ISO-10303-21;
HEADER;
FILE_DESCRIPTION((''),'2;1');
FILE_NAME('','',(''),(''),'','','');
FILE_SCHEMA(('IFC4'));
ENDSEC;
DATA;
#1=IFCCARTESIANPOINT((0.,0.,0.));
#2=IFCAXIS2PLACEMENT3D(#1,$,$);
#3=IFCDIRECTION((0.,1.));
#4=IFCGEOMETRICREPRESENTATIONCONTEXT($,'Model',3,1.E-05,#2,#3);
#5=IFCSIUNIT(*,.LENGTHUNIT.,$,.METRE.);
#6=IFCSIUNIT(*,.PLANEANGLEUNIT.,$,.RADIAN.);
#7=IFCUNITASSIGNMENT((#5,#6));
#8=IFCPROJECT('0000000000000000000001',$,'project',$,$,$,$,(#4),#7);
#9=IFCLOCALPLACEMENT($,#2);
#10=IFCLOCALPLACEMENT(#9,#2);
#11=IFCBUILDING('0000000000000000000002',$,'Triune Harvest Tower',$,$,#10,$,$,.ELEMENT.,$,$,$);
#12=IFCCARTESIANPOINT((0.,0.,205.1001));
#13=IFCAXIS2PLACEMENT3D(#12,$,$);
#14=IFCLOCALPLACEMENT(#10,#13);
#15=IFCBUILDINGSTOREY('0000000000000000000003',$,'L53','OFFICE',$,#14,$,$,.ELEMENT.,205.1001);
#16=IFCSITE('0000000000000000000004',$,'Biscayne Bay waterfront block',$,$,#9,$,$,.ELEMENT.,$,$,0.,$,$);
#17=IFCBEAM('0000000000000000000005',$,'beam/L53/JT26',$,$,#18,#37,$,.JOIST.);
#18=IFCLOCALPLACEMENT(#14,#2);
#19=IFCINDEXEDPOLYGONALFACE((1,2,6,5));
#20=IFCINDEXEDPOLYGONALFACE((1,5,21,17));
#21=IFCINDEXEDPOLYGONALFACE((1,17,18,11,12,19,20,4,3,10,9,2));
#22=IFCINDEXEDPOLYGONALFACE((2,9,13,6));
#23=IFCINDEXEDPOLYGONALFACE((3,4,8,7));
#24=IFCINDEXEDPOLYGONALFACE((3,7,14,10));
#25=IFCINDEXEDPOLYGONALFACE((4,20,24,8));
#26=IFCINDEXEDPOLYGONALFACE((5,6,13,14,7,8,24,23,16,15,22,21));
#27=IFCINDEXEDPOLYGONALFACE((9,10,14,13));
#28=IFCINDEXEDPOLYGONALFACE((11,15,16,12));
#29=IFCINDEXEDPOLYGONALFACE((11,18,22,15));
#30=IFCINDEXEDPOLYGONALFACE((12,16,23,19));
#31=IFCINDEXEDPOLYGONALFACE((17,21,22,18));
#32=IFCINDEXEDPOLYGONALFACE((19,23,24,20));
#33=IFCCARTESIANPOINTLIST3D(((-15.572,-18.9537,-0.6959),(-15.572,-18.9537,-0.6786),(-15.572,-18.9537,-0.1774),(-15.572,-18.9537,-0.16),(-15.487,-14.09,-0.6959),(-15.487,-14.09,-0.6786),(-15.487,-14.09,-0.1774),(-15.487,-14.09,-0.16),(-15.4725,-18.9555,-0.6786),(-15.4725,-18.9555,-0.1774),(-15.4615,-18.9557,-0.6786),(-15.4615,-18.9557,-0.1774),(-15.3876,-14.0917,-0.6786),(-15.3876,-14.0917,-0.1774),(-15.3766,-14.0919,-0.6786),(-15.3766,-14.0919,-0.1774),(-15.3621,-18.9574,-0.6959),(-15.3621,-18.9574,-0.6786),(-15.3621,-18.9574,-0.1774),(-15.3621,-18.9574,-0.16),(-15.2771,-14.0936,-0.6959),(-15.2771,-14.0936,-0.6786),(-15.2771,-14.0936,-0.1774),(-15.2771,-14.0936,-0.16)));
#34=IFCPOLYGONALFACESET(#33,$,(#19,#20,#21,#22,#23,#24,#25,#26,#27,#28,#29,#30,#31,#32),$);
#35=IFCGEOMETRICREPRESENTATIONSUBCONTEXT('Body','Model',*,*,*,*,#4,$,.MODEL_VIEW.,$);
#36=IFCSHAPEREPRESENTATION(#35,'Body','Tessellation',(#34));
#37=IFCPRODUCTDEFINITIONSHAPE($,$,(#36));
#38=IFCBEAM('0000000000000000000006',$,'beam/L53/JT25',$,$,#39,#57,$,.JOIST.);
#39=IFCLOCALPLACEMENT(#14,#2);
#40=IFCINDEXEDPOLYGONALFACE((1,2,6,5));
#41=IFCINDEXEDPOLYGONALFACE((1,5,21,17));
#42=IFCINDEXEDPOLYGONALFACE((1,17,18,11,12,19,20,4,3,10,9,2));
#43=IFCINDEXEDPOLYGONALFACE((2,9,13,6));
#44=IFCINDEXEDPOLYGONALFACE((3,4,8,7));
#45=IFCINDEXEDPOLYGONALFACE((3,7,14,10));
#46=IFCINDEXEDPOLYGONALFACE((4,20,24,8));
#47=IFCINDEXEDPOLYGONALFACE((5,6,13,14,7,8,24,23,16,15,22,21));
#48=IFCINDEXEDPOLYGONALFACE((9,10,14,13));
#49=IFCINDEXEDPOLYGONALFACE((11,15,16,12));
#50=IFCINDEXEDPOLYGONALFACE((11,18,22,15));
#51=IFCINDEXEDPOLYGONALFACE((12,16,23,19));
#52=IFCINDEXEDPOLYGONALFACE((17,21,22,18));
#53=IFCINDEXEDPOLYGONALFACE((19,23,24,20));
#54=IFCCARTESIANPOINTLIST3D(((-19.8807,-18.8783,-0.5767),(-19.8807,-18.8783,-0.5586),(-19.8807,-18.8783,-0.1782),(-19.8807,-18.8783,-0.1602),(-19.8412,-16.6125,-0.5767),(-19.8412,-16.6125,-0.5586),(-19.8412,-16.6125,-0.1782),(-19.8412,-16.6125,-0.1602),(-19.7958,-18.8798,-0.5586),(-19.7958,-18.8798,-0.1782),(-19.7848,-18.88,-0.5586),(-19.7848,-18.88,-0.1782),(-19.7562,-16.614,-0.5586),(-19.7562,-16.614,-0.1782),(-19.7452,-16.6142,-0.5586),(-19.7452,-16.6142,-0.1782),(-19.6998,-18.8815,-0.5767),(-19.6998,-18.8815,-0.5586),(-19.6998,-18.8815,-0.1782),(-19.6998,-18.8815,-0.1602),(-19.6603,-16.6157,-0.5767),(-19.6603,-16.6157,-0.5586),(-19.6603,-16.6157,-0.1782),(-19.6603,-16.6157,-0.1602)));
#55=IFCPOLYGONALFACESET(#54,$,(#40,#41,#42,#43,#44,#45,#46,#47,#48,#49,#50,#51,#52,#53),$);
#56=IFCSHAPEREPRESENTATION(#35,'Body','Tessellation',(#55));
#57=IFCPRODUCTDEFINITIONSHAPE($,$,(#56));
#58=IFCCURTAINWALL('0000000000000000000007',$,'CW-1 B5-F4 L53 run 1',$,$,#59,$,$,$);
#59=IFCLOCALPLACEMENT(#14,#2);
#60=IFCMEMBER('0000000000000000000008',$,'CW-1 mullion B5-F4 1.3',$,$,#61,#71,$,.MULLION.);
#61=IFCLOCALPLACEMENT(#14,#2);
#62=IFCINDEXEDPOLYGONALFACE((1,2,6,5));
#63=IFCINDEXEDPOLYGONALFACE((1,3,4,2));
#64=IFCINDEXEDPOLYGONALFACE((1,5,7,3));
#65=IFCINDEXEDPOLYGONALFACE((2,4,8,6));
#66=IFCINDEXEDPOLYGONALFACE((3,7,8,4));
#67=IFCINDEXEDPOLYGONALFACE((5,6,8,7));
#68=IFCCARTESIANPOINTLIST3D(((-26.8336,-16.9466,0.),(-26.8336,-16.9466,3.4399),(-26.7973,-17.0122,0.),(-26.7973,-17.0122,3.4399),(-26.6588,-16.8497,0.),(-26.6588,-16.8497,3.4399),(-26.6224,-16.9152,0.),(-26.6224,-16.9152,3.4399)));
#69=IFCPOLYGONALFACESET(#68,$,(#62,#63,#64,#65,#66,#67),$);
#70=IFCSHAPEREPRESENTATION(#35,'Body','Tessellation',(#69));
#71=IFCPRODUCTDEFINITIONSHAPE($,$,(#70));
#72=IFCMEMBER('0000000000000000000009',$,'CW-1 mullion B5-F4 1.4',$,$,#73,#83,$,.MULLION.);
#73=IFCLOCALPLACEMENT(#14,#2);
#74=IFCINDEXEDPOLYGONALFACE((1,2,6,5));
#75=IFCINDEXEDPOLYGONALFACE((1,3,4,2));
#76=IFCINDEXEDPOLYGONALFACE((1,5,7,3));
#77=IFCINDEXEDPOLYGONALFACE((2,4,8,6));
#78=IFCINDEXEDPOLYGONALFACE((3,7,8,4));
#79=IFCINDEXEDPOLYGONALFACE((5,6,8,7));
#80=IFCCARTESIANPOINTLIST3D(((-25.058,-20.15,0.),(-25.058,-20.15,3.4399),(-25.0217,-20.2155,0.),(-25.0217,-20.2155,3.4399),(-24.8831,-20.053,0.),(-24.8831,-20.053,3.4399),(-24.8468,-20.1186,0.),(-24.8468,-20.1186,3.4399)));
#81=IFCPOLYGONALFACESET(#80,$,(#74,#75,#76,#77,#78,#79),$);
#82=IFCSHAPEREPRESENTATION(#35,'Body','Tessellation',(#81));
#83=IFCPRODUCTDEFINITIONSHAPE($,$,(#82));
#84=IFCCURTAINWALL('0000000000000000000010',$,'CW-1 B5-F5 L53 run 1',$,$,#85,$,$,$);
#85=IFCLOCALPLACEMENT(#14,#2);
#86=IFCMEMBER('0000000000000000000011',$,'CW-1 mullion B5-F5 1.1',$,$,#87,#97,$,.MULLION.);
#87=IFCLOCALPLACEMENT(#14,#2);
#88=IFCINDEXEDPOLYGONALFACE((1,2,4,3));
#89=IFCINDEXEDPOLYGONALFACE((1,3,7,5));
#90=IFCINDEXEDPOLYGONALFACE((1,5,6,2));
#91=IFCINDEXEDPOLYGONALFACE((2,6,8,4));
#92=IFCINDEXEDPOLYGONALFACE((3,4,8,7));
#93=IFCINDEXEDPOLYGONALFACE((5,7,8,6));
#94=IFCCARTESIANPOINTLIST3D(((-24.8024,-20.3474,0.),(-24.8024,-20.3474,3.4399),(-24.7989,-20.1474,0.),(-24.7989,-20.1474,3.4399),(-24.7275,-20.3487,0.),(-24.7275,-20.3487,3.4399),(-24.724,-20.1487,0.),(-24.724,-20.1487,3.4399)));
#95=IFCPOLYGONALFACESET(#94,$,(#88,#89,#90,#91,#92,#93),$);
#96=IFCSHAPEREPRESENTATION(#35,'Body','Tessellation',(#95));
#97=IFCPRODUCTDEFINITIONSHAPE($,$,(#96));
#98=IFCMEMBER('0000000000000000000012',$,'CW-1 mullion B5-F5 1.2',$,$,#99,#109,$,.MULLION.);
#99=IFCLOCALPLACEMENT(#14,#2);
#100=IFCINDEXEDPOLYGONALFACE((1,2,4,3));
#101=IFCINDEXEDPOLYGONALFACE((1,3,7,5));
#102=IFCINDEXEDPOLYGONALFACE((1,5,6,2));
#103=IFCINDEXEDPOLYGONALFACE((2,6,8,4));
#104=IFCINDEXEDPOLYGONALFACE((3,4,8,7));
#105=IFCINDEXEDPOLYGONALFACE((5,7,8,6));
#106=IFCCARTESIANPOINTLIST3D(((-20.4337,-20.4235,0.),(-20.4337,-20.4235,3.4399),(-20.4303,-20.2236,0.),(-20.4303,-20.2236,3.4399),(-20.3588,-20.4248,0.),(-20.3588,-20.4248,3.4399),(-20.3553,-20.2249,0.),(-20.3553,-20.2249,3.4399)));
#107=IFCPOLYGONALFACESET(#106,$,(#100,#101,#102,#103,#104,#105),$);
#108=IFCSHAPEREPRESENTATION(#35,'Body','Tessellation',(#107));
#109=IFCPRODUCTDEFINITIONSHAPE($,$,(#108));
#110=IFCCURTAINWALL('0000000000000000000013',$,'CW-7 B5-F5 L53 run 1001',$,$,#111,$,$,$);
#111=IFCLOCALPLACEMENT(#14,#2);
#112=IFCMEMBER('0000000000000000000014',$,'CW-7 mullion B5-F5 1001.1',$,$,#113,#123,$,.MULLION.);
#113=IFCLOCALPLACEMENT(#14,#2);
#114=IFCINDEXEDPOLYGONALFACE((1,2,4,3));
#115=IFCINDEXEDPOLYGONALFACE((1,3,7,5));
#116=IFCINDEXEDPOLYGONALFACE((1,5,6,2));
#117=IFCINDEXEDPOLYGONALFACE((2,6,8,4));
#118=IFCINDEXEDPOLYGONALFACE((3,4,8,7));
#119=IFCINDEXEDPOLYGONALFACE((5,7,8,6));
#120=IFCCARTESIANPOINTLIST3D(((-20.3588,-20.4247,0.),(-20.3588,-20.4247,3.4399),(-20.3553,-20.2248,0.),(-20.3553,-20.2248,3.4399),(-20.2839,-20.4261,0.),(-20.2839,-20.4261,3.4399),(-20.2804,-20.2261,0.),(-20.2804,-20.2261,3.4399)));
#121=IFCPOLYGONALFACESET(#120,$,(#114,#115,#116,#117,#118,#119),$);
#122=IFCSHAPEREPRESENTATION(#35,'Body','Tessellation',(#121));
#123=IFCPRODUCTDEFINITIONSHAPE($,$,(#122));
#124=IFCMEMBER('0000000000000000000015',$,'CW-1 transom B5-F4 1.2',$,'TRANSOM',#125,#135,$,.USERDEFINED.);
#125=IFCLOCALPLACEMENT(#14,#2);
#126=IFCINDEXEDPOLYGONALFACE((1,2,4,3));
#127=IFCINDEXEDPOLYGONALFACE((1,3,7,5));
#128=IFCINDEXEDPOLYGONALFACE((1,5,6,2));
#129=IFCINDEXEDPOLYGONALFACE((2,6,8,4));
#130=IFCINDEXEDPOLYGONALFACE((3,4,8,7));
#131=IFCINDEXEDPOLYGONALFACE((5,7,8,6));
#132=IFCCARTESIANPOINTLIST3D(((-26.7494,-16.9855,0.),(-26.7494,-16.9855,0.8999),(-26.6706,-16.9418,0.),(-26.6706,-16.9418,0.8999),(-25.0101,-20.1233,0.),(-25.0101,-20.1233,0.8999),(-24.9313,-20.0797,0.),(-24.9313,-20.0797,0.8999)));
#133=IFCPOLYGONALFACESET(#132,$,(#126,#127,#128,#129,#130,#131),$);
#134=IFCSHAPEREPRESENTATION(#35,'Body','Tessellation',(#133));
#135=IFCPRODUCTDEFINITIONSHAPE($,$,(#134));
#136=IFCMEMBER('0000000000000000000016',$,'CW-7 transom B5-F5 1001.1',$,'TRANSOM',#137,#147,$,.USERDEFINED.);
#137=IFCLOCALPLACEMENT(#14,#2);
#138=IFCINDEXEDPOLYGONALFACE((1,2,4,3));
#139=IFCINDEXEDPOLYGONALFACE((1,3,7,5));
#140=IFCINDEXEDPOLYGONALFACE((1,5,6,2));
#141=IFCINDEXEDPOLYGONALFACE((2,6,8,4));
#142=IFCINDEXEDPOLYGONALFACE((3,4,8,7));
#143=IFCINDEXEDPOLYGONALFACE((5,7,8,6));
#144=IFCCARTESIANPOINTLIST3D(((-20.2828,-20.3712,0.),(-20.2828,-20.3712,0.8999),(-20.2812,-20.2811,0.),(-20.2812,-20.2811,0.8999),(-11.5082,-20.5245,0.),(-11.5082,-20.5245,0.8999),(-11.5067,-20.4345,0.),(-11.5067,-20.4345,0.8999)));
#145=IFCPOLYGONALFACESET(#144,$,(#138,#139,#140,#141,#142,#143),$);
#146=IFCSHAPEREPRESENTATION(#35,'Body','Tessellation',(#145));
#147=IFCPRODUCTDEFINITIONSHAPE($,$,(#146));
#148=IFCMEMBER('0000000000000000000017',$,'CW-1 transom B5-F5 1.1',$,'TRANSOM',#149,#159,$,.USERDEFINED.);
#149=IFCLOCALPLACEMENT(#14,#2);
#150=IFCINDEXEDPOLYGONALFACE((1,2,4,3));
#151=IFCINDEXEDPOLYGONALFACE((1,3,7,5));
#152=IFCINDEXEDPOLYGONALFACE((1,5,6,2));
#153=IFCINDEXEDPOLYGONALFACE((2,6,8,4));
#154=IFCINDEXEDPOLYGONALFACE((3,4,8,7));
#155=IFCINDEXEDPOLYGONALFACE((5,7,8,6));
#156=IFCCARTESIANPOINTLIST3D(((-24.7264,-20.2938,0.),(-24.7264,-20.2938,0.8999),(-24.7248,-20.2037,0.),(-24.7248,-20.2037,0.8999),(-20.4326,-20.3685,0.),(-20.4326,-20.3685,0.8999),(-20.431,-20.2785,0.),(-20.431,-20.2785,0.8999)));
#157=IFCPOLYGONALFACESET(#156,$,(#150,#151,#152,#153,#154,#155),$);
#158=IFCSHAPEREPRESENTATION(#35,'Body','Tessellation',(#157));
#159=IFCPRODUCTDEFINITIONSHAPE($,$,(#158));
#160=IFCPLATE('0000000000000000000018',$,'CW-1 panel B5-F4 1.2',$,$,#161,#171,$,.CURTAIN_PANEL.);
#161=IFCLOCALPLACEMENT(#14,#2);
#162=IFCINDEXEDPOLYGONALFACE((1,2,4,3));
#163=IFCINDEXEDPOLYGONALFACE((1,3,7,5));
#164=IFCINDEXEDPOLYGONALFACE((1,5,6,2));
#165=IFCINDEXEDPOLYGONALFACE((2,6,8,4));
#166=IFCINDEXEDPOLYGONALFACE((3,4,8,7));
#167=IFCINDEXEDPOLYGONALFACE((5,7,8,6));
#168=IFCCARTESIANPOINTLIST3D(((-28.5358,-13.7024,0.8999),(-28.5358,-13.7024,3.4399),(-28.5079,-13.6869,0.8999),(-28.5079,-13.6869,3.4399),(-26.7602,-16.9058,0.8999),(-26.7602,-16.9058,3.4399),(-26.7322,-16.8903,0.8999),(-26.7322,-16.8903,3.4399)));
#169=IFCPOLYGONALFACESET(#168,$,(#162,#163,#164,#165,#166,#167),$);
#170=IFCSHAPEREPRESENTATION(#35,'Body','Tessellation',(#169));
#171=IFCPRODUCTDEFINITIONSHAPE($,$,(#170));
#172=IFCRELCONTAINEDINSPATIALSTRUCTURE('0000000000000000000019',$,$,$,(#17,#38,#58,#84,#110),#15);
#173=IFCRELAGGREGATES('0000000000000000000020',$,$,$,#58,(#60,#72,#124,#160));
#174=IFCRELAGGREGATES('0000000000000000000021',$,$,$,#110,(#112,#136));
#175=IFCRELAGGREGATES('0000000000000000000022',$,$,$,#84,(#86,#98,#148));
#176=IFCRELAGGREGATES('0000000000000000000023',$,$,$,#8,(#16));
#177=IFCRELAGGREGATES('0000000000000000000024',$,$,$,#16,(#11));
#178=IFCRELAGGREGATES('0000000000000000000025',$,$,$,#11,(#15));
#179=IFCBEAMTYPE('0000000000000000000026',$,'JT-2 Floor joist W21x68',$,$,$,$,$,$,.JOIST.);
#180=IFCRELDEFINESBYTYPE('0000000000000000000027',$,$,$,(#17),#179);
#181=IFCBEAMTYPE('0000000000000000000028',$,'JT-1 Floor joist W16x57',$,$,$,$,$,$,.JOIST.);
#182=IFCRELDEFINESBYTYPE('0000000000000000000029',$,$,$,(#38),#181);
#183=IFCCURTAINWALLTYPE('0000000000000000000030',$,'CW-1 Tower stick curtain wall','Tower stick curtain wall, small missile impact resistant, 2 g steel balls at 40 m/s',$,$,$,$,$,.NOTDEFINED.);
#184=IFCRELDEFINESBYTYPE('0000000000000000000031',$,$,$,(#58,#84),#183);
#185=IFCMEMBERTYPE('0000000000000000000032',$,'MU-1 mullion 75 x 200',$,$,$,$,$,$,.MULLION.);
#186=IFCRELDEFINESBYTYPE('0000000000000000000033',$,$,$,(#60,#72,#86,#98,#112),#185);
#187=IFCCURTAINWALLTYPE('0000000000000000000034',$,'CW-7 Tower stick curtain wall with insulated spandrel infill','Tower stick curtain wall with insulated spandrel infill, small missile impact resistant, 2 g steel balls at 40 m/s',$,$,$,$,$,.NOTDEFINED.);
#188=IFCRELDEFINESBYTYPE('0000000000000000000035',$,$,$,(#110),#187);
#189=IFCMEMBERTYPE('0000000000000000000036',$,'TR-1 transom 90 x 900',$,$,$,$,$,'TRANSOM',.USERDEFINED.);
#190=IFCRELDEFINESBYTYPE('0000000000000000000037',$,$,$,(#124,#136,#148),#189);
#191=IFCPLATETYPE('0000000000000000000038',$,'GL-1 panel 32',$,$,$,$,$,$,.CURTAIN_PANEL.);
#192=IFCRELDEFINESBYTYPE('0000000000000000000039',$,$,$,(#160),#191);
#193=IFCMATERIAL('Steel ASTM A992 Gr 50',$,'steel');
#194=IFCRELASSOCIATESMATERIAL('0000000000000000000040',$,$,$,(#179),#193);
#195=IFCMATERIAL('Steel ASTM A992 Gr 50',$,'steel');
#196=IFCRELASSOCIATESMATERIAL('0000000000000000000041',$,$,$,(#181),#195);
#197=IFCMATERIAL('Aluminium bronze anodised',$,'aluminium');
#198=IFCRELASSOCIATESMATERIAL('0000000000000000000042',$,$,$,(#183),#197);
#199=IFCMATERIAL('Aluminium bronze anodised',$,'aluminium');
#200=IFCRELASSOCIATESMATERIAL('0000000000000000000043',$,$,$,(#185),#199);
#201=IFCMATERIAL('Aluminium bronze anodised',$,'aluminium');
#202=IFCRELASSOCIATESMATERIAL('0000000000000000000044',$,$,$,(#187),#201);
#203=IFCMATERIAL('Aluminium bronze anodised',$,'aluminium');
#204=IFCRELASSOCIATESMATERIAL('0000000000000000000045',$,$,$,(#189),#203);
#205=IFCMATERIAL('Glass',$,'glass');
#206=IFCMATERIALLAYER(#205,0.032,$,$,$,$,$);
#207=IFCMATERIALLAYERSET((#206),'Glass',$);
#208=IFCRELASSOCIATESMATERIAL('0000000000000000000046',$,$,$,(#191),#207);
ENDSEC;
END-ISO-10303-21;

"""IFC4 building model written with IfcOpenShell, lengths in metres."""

from ifc_helpers import new_model, si_unit, direction, frame, origin, origin_2d, place, context, subcontext, project, spatial, rectangle, i_section, extrude, source, transform, mapped, material, layer, layer_set, material_profile, profile_set, type_object, element, aggregate, save


model = new_model("IFC4")

# Units and contexts
model_context = context("Model", 3, precision=1e-05, world=origin(), true_north=direction((0.0, 1.0)))
body_context = subcontext(model_context, "Body", "Model", "MODEL_VIEW")
ifc_project = project(units=[si_unit("LENGTHUNIT", "METRE"), si_unit("PLANEANGLEUNIT", "RADIAN")], contexts=[model_context])

# Site, building, storey
site_placement = place(None, origin())
site = spatial("IfcSite", under=ifc_project, at=site_placement, Name="Biscayne Bay waterfront block", CompositionType="ELEMENT", RefElevation=0.0)
building_placement = place(site_placement, origin())
building = spatial("IfcBuilding", under=site, at=building_placement, Name="Triune Harvest Tower", CompositionType="ELEMENT")
storey_placement = place(building_placement, frame((0.0, 0.0, 205.1001)))
storey = spatial("IfcBuildingStorey", under=building, at=storey_placement, Name="L53", Description="OFFICE", CompositionType="ELEMENT", Elevation=205.1001)

# Beams
ifc_material_1 = material(Name="Steel ASTM A992 Gr 50", Category="steel")
ifc_material_profile_1 = material_profile(ifc_material_1, i_section(OverallWidth=0.21, OverallDepth=0.5359, WebThickness=0.011, FlangeThickness=0.0173, at=origin_2d()), Name="W21x68")
ifc_profile_set_1 = profile_set([ifc_material_profile_1], Name="Steel ASTM A992 Gr 50")
beam_type_1 = type_object("IfcBeamType", Name="JT-2 Floor joist W21x68", PredefinedType="JOIST", material=ifc_profile_set_1)
shared_shape_1 = source(origin(), body_context, "Body", "SweptSolid", [
    extrude(i_section(OverallWidth=0.21, OverallDepth=0.5359, WebThickness=0.011, FlangeThickness=0.0173, at=origin_2d()), origin(), (0.0, 0.0, 1.0), 4.8645),
])
beam_1_placement = place(storey_placement, frame((-15.467, -18.9556, -0.428), z_axis=(0.017465, 0.999847, 0.0), x_axis=(-0.999847, 0.017465, 0.0)))
element("IfcBeam", 1, at=beam_1_placement, inside=storey, type_object=beam_type_1, Name="beam/L53/JT26", PredefinedType="JOIST", context=body_context, shape_type="MappedRepresentation", body=[
    mapped(shared_shape_1, transform((0.0, 0.0, 0.0), scale=1.0)),
])
ifc_material_2 = material(Name="Steel ASTM A992 Gr 50", Category="steel")
ifc_material_profile_2 = material_profile(ifc_material_2, i_section(OverallWidth=0.1809, OverallDepth=0.4165, WebThickness=0.011, FlangeThickness=0.0181, at=origin_2d()), Name="W16x57")
ifc_profile_set_2 = profile_set([ifc_material_profile_2], Name="Steel ASTM A992 Gr 50")
beam_type_2 = type_object("IfcBeamType", Name="JT-1 Floor joist W16x57", PredefinedType="JOIST", material=ifc_profile_set_2)
shared_shape_2 = source(origin(), body_context, "Body", "SweptSolid", [
    extrude(i_section(OverallWidth=0.1809, OverallDepth=0.4165, WebThickness=0.011, FlangeThickness=0.0181, at=origin_2d()), origin(), (0.0, 0.0, 1.0), 2.2661),
])
beam_2_placement = place(storey_placement, frame((-19.7903, -18.8799, -0.3684), z_axis=(0.017452, 0.999848, 0.0), x_axis=(-0.999848, 0.017452, 0.0)))
element("IfcBeam", 2, at=beam_2_placement, inside=storey, type_object=beam_type_2, Name="beam/L53/JT25", PredefinedType="JOIST", context=body_context, shape_type="MappedRepresentation", body=[
    mapped(shared_shape_2, transform((0.0, 0.0, 0.0), scale=1.0)),
])

# Curtain walls, members
ifc_material_3 = material(Name="Aluminium bronze anodised", Category="aluminium")
curtain_wall_type_1 = type_object("IfcCurtainWallType", Name="CW-1 Tower stick curtain wall", Description="Tower stick curtain wall, small missile impact resistant, 2 g steel balls at 40 m/s", PredefinedType="NOTDEFINED", material=ifc_material_3)
curtain_wall_1_placement = place(storey_placement, origin())
curtain_wall_1 = element("IfcCurtainWall", 3, at=curtain_wall_1_placement, inside=storey, type_object=curtain_wall_type_1, Name="CW-1 B5-F4 L53 run 1")
ifc_material_4 = material(Name="Aluminium bronze anodised", Category="aluminium")
ifc_material_profile_3 = material_profile(ifc_material_4, rectangle(XDim=0.2, YDim=0.075, at=origin_2d()), Name="MU-1 mullion 75 x 200")
ifc_profile_set_3 = profile_set([ifc_material_profile_3], Name="Aluminium bronze anodised")
member_type_1 = type_object("IfcMemberType", Name="MU-1 mullion 75 x 200", PredefinedType="MULLION", material=ifc_profile_set_3)
shared_shape_3 = source(origin(), body_context, "Body", "SweptSolid", [
    extrude(rectangle(XDim=0.2, YDim=0.075, at=origin_2d()), origin(), (0.0, 0.0, 1.0), 3.4399),
])
member_1_placement = place(storey_placement, frame((-26.728, -16.9309, 0.0), z_axis=(0.0, 0.0, 1.0), x_axis=(0.874624, 0.484802, 0.0)))
member_1 = element("IfcMember", 4, at=member_1_placement, type_object=member_type_1, Name="CW-1 mullion B5-F4 1.3", PredefinedType="MULLION", context=body_context, shape_type="MappedRepresentation", body=[
    mapped(shared_shape_3, transform((0.0, 0.0, 0.0), scale=1.0)),
])
member_2_placement = place(storey_placement, frame((-24.9524, -20.1343, 0.0), z_axis=(0.0, 0.0, 1.0), x_axis=(0.874624, 0.484802, 0.0)))
member_2 = element("IfcMember", 5, at=member_2_placement, type_object=member_type_1, Name="CW-1 mullion B5-F4 1.4", PredefinedType="MULLION", context=body_context, shape_type="MappedRepresentation", body=[
    mapped(shared_shape_3, transform((0.0, 0.0, 0.0), scale=1.0)),
])
curtain_wall_2_placement = place(storey_placement, origin())
curtain_wall_2 = element("IfcCurtainWall", 6, at=curtain_wall_2_placement, inside=storey, type_object=curtain_wall_type_1, Name="CW-1 B5-F5 L53 run 1")
member_3_placement = place(storey_placement, frame((-24.7632, -20.248, 0.0), z_axis=(0.0, 0.0, 1.0), x_axis=(0.017445, 0.999848, 0.0)))
member_3 = element("IfcMember", 7, at=member_3_placement, type_object=member_type_1, Name="CW-1 mullion B5-F5 1.1", PredefinedType="MULLION", context=body_context, shape_type="MappedRepresentation", body=[
    mapped(shared_shape_3, transform((0.0, 0.0, 0.0), scale=1.0)),
])
member_4_placement = place(storey_placement, frame((-20.3945, -20.3242, 0.0), z_axis=(0.0, 0.0, 1.0), x_axis=(0.017445, 0.999848, 0.0)))
member_4 = element("IfcMember", 8, at=member_4_placement, type_object=member_type_1, Name="CW-1 mullion B5-F5 1.2", PredefinedType="MULLION", context=body_context, shape_type="MappedRepresentation", body=[
    mapped(shared_shape_3, transform((0.0, 0.0, 0.0), scale=1.0)),
])

# Curtain wall, member
ifc_material_5 = material(Name="Aluminium bronze anodised", Category="aluminium")
curtain_wall_type_2 = type_object("IfcCurtainWallType", Name="CW-7 Tower stick curtain wall with insulated spandrel infill", Description="Tower stick curtain wall with insulated spandrel infill, small missile impact resistant, 2 g steel balls at 40 m/s", PredefinedType="NOTDEFINED", material=ifc_material_5)
curtain_wall_3_placement = place(storey_placement, origin())
curtain_wall_3 = element("IfcCurtainWall", 9, at=curtain_wall_3_placement, inside=storey, type_object=curtain_wall_type_2, Name="CW-7 B5-F5 L53 run 1001")
member_5_placement = place(storey_placement, frame((-20.3196, -20.3254, 0.0), z_axis=(0.0, 0.0, 1.0), x_axis=(0.017453, 0.999848, 0.0)))
member_5 = element("IfcMember", 10, at=member_5_placement, type_object=member_type_1, Name="CW-7 mullion B5-F5 1001.1", PredefinedType="MULLION", context=body_context, shape_type="MappedRepresentation", body=[
    mapped(shared_shape_3, transform((0.0, 0.0, 0.0), scale=1.0)),
])

# Members
ifc_material_6 = material(Name="Aluminium bronze anodised", Category="aluminium")
ifc_material_profile_4 = material_profile(ifc_material_6, rectangle(XDim=0.0901, YDim=0.8999, at=origin_2d()), Name="TR-1 transom 90 x 900")
ifc_profile_set_4 = profile_set([ifc_material_profile_4], Name="Aluminium bronze anodised")
member_type_2 = type_object("IfcMemberType", Name="TR-1 transom 90 x 900", ElementType="TRANSOM", PredefinedType="USERDEFINED", material=ifc_profile_set_4)
shared_shape_4 = source(origin(), body_context, "Body", "SweptSolid", [
    extrude(rectangle(XDim=0.0901, YDim=0.8999, at=origin_2d()), origin(), (0.0, 0.0, 1.0), 3.5876),
])
member_6_placement = place(storey_placement, frame((-26.71, -16.9636, 0.45), z_axis=(0.484782, -0.874635, 0.0), x_axis=(0.874635, 0.484782, 0.0)))
member_6 = element("IfcMember", 11, at=member_6_placement, type_object=member_type_2, Name="CW-1 transom B5-F4 1.2", ObjectType="TRANSOM", PredefinedType="USERDEFINED", context=body_context, shape_type="MappedRepresentation", body=[
    mapped(shared_shape_4, transform((0.0, 0.0, 0.0), scale=1.0)),
])
shared_shape_5 = source(origin(), body_context, "Body", "SweptSolid", [
    extrude(rectangle(XDim=0.0901, YDim=0.8999, at=origin_2d()), origin(), (0.0, 0.0, 1.0), 8.7759),
])
member_7_placement = place(storey_placement, frame((-20.282, -20.3262, 0.45), z_axis=(0.999847, -0.01747, 0.0), x_axis=(0.01747, 0.999847, 0.0)))
member_7 = element("IfcMember", 12, at=member_7_placement, type_object=member_type_2, Name="CW-7 transom B5-F5 1001.1", ObjectType="TRANSOM", PredefinedType="USERDEFINED", context=body_context, shape_type="MappedRepresentation", body=[
    mapped(shared_shape_5, transform((0.0, 0.0, 0.0), scale=1.0)),
])
shared_shape_6 = source(origin(), body_context, "Body", "SweptSolid", [
    extrude(rectangle(XDim=0.0901, YDim=0.8999, at=origin_2d()), origin(), (0.0, 0.0, 1.0), 4.2944),
])
member_8_placement = place(storey_placement, frame((-24.7256, -20.2488, 0.45), z_axis=(0.999849, -0.017397, 0.0), x_axis=(0.017397, 0.999849, 0.0)))
member_8 = element("IfcMember", 13, at=member_8_placement, type_object=member_type_2, Name="CW-1 transom B5-F5 1.1", ObjectType="TRANSOM", PredefinedType="USERDEFINED", context=body_context, shape_type="MappedRepresentation", body=[
    mapped(shared_shape_6, transform((0.0, 0.0, 0.0), scale=1.0)),
])

# Plate
ifc_material_7 = material(Name="Glass", Category="glass")
ifc_layer_1 = layer(ifc_material_7, 0.032)
ifc_layer_set_1 = layer_set([ifc_layer_1], Name="Glass")
plate_type_1 = type_object("IfcPlateType", Name="GL-1 panel 32", PredefinedType="CURTAIN_PANEL", material=ifc_layer_set_1)
shared_shape_7 = source(origin(), body_context, "Body", "SweptSolid", [
    extrude(rectangle(XDim=3.6626, YDim=0.032, at=origin_2d()), origin(), (0.0, 0.0, 1.0), 2.54),
])
plate_1_placement = place(storey_placement, frame((-27.634, -15.2964, 0.8999), z_axis=(0.0, 0.0, 1.0), x_axis=(0.484802, -0.874624, 0.0)))
plate_1 = element("IfcPlate", 14, at=plate_1_placement, type_object=plate_type_1, Name="CW-1 panel B5-F4 1.2", PredefinedType="CURTAIN_PANEL", context=body_context, shape_type="MappedRepresentation", body=[
    mapped(shared_shape_7, transform((0.0, 0.0, 0.0), scale=1.0)),
])
aggregate(curtain_wall_1, [member_1, member_2, member_6, plate_1])
aggregate(curtain_wall_3, [member_5, member_7])
aggregate(curtain_wall_2, [member_3, member_4, member_8])

save(model, "model.ifc")
